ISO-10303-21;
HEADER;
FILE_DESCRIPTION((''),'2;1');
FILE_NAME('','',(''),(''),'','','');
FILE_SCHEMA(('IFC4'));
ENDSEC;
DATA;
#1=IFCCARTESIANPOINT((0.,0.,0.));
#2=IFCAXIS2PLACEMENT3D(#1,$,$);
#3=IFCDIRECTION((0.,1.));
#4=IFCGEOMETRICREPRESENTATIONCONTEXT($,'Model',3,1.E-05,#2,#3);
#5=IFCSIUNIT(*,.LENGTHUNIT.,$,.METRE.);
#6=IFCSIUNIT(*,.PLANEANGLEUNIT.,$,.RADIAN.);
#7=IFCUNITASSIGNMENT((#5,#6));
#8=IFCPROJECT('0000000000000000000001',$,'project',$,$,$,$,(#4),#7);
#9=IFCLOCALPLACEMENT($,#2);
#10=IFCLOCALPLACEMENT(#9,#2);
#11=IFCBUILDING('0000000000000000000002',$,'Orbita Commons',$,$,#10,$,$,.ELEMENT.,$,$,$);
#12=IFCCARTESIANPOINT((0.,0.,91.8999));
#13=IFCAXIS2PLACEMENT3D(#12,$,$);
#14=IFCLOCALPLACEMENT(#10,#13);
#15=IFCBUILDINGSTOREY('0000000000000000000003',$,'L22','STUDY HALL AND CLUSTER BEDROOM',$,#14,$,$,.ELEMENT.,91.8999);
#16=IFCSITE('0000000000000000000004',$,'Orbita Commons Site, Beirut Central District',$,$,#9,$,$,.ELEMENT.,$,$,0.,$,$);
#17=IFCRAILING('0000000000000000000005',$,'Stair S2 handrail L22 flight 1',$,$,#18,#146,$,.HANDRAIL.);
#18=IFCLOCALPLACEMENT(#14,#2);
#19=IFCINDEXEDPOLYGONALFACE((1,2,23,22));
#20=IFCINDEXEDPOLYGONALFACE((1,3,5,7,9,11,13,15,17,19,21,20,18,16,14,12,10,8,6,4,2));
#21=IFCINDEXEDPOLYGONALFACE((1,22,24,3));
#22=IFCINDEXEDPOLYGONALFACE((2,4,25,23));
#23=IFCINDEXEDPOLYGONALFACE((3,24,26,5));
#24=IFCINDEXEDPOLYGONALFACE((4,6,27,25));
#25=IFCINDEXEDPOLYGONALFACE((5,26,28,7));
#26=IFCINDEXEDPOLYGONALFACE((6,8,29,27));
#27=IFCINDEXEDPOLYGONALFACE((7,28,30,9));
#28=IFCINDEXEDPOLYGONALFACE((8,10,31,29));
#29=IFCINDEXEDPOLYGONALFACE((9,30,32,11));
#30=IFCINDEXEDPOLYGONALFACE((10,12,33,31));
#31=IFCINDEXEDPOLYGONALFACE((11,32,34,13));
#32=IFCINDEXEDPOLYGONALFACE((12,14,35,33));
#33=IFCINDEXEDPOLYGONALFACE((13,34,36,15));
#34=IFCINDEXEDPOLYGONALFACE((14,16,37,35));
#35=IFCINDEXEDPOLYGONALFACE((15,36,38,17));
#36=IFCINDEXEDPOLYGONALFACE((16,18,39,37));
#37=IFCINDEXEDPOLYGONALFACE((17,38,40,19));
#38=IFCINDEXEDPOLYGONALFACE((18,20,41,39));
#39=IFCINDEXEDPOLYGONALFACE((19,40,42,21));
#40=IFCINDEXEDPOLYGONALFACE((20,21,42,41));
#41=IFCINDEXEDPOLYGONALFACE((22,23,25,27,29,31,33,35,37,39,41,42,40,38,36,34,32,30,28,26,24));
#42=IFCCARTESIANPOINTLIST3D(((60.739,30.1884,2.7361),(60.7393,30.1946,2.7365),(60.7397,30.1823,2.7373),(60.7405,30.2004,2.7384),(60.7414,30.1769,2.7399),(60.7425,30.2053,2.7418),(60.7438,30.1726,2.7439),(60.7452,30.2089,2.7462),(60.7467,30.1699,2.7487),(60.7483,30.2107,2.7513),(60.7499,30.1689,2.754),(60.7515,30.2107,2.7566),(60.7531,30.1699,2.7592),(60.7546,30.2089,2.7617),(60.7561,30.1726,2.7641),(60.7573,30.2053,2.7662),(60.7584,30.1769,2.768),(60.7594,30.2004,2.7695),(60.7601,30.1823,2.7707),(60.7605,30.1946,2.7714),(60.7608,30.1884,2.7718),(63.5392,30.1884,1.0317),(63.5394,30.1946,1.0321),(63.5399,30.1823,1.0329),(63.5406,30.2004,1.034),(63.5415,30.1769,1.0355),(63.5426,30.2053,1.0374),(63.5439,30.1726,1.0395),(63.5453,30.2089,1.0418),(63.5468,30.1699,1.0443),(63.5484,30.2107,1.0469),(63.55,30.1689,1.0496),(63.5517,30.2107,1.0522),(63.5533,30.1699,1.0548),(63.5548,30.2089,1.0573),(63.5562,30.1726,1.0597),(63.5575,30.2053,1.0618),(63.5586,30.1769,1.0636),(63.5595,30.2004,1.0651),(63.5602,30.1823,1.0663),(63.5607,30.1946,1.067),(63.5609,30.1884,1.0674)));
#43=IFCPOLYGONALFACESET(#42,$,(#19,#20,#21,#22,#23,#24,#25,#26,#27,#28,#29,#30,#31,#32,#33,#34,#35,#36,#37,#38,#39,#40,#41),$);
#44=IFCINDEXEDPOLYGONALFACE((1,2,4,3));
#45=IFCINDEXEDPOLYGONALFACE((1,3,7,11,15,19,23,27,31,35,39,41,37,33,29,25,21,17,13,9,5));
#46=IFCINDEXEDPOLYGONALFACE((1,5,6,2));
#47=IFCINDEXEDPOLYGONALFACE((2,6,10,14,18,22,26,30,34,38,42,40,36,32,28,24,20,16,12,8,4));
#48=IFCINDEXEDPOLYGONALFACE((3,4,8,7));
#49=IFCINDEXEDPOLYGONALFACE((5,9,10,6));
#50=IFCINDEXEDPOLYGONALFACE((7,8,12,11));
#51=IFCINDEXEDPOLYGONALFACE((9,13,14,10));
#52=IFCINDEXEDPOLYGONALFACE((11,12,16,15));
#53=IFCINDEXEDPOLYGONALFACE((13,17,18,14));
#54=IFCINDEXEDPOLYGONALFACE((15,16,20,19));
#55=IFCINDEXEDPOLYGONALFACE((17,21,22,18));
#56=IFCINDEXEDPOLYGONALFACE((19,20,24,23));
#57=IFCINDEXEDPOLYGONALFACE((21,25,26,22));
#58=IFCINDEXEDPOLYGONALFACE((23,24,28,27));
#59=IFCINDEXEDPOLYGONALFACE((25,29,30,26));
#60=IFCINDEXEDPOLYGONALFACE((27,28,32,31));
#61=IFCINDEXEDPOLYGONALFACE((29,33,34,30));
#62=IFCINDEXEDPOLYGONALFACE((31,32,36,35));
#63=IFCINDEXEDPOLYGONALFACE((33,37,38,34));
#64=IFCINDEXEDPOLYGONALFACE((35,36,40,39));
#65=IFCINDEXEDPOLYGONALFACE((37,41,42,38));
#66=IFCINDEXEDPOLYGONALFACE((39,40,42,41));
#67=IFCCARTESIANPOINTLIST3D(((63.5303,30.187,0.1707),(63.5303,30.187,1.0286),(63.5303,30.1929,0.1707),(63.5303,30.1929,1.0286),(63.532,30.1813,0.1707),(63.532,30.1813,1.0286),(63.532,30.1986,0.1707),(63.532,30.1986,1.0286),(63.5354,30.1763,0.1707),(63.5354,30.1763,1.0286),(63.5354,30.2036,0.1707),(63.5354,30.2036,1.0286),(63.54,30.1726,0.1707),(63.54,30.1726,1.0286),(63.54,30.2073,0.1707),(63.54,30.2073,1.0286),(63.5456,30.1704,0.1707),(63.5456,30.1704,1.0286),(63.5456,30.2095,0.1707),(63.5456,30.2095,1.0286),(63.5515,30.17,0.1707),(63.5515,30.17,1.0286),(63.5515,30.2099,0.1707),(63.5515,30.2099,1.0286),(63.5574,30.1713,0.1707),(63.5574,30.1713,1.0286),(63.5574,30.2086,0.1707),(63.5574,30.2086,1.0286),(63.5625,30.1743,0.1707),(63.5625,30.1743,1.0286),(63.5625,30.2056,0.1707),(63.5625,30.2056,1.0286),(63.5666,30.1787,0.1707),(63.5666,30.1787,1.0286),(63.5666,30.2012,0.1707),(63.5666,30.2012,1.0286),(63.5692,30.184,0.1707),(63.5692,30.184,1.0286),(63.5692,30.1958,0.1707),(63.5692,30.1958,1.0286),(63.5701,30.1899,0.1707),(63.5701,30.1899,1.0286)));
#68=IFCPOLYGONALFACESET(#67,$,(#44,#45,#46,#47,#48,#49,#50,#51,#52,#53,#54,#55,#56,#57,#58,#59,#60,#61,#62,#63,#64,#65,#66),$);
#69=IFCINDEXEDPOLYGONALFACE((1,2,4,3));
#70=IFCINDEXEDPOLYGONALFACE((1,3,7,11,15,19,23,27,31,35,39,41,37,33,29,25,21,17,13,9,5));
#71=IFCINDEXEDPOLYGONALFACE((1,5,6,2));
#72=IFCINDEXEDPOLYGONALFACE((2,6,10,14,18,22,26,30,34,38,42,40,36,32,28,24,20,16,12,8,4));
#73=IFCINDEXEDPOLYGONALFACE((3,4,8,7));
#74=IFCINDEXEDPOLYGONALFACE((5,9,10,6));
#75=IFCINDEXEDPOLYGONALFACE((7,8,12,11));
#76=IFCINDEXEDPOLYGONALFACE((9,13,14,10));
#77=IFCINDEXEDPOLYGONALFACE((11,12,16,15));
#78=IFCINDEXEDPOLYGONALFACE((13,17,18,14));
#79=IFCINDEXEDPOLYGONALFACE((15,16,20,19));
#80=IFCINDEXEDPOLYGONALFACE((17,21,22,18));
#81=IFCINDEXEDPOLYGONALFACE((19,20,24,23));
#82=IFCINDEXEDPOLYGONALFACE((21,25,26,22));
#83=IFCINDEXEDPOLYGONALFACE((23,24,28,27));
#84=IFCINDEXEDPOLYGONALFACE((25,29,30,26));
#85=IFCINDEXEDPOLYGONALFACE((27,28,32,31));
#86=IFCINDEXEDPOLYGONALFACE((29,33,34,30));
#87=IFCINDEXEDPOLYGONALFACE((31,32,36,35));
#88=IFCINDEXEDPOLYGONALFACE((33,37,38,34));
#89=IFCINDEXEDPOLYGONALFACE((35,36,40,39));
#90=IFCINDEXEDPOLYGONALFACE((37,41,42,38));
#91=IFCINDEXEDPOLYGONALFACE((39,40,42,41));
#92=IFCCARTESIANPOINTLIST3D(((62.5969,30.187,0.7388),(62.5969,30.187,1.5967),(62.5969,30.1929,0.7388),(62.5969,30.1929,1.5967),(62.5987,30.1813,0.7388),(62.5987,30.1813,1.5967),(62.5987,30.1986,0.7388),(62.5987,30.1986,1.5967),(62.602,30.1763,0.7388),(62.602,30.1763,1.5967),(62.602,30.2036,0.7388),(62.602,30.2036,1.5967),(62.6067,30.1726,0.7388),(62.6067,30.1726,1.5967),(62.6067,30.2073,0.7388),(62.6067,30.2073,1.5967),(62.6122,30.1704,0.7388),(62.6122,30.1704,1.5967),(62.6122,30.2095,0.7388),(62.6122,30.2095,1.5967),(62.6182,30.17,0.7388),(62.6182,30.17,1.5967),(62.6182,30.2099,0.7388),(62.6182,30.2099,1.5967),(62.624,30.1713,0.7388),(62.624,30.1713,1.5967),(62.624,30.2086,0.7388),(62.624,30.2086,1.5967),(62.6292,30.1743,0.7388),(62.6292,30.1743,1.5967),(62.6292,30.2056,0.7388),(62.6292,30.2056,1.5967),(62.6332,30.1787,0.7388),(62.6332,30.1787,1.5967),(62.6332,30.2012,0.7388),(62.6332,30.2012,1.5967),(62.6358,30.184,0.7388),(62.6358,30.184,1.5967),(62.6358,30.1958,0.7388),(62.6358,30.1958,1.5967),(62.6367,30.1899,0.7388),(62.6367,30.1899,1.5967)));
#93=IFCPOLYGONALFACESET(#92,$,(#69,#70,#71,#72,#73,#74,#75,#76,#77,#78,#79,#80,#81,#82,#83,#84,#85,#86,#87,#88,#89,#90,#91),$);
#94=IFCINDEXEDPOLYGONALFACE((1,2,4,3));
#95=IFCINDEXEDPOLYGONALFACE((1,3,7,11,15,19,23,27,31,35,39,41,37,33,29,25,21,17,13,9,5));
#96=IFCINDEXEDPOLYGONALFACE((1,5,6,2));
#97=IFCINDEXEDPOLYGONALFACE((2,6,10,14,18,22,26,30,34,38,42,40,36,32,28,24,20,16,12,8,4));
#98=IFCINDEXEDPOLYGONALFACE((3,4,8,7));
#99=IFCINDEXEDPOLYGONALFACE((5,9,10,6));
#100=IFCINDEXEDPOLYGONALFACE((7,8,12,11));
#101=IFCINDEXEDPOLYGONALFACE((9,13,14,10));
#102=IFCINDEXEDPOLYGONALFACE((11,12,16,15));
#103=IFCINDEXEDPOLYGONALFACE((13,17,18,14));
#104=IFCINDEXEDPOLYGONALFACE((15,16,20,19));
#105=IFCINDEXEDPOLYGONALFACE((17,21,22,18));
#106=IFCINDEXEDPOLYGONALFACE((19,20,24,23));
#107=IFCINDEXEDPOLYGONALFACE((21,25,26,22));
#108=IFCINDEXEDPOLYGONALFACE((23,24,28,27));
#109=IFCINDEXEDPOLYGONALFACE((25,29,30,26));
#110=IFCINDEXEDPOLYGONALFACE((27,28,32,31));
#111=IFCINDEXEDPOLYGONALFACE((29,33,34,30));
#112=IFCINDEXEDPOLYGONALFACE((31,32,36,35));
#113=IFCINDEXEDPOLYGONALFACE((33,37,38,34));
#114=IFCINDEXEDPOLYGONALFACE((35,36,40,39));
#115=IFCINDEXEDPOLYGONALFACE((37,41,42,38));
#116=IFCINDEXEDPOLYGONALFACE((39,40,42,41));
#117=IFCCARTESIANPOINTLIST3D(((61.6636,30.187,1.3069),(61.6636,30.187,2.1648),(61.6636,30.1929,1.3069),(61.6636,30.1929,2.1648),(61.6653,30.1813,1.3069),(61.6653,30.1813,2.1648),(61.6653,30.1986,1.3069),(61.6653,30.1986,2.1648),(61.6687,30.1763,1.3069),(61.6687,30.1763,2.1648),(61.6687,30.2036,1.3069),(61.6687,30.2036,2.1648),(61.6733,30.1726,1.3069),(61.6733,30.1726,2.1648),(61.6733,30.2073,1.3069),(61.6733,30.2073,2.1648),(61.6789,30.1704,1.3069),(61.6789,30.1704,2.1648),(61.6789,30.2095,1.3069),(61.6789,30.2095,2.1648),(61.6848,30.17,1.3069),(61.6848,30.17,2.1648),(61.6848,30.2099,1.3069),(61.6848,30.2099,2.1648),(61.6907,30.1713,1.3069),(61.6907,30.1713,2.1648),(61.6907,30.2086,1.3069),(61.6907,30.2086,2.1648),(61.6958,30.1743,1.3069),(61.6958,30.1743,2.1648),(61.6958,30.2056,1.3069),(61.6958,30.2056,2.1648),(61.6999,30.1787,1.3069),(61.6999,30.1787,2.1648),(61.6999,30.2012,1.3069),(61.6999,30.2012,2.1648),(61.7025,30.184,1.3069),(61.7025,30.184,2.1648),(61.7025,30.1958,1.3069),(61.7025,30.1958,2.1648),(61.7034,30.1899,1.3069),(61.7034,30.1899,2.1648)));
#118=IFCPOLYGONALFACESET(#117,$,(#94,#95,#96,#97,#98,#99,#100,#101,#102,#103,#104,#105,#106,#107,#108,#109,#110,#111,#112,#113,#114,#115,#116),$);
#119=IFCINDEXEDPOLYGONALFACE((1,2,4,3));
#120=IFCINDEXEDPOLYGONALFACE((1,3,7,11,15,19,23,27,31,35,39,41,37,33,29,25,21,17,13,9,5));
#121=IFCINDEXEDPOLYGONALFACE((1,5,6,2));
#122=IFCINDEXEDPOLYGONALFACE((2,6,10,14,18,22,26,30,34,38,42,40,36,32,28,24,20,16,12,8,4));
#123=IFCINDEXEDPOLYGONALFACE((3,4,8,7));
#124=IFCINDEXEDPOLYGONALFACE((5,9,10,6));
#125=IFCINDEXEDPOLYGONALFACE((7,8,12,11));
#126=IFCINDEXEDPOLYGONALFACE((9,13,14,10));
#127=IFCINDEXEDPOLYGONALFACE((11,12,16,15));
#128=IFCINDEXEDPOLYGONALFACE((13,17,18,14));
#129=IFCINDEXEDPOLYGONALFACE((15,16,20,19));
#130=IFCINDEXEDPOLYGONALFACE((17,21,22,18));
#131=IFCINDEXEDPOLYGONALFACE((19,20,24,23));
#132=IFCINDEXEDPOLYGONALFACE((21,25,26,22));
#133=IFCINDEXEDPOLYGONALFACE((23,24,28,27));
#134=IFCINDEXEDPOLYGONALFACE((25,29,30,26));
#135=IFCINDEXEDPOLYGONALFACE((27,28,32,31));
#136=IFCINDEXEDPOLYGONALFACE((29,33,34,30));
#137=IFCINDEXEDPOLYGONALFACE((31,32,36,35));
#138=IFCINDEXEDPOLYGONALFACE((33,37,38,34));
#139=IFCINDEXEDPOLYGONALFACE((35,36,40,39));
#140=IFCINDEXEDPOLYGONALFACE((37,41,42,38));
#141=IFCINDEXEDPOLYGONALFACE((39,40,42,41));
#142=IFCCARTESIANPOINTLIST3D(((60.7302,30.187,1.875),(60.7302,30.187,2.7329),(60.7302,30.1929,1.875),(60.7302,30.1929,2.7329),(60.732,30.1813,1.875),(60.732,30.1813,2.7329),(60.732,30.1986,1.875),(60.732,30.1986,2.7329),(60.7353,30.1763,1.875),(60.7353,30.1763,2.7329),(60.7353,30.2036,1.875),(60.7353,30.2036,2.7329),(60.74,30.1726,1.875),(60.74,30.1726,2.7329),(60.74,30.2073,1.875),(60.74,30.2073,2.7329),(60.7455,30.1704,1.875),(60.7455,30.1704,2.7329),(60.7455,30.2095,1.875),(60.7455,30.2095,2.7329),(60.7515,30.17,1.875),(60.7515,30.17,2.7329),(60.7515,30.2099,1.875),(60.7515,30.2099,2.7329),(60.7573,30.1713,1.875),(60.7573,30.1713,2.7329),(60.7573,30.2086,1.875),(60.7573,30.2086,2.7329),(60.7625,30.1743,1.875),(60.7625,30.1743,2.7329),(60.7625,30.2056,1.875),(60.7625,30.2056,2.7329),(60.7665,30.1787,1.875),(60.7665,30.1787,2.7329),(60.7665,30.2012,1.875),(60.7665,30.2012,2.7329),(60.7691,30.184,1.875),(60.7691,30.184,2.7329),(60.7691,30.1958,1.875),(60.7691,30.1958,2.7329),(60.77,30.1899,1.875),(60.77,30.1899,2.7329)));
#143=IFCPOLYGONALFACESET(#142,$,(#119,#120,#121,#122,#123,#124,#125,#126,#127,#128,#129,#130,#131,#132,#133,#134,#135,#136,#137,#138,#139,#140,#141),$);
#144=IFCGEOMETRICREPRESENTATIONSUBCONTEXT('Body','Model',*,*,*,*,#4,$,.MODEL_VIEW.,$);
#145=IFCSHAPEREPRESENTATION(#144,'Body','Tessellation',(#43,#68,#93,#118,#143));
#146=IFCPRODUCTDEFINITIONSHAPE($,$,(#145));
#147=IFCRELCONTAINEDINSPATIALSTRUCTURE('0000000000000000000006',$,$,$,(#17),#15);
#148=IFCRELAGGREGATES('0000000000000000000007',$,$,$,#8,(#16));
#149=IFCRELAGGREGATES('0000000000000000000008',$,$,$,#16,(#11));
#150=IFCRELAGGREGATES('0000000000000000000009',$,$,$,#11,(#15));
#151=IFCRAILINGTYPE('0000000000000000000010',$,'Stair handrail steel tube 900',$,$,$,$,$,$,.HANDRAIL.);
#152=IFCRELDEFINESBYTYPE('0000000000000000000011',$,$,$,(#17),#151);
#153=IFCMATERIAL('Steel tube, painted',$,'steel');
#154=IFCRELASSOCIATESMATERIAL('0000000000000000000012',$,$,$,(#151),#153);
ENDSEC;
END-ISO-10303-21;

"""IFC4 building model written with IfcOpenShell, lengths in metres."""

from ifc_helpers import new_model, si_unit, direction, frame, origin, origin_2d, place, context, subcontext, project, spatial, circle, extrude, material, type_object, element, save


model = new_model("IFC4")

# Units and contexts
model_context = context("Model", 3, precision=1e-05, world=origin(), true_north=direction((0.0, 1.0)))
body_context = subcontext(model_context, "Body", "Model", "MODEL_VIEW")
ifc_project = project(units=[si_unit("LENGTHUNIT", "METRE"), si_unit("PLANEANGLEUNIT", "RADIAN")], contexts=[model_context])

# Site, building, storey
site_placement = place(None, origin())
site = spatial("IfcSite", under=ifc_project, at=site_placement, Name="Orbita Commons Site, Beirut Central District", CompositionType="ELEMENT", RefElevation=0.0)
building_placement = place(site_placement, origin())
building = spatial("IfcBuilding", under=site, at=building_placement, Name="Orbita Commons", CompositionType="ELEMENT")
storey_placement = place(building_placement, frame((0.0, 0.0, 91.8999)))
storey = spatial("IfcBuildingStorey", under=building, at=storey_placement, Name="L22", Description="STUDY HALL AND CLUSTER BEDROOM", CompositionType="ELEMENT", Elevation=91.8999)

# Railing
ifc_material_1 = material(Name="Steel tube, painted", Category="steel")
railing_type = type_object("IfcRailingType", Name="Stair handrail steel tube 900", PredefinedType="HANDRAIL", material=ifc_material_1)
for number, where, name in (
    (1, (63.55, 30.1899, 0.1707), "Stair S2 handrail L22 flight 1"),
):
    element("IfcRailing", number, at=place(storey_placement, frame(where)), inside=storey, type_object=railing_type, Name=name, PredefinedType="HANDRAIL", context=body_context, shape_type="SweptSolid", body=[
        extrude(circle(Radius=0.021, at=origin_2d()), frame((0.0, 0.0, 0.8789), z_axis=(-0.854203, 0.0, 0.51994), x_axis=(0.0, -1.0, 0.0)), (0.0, 0.0, 1.0), 3.2781),
        extrude(circle(Radius=0.02, at=origin_2d()), origin(), (0.0, 0.0, 1.0), 0.8579),
        extrude(circle(Radius=0.02, at=origin_2d()), frame((-0.9333, 0.0, 0.5681)), (0.0, 0.0, 1.0), 0.8579),
        extrude(circle(Radius=0.02, at=origin_2d()), frame((-1.8667, 0.0, 1.1362)), (0.0, 0.0, 1.0), 0.8579),
        extrude(circle(Radius=0.02, at=origin_2d()), frame((-2.8, 0.0, 1.7043)), (0.0, 0.0, 1.0), 0.8579),
    ])

save(model, "model.ifc")
